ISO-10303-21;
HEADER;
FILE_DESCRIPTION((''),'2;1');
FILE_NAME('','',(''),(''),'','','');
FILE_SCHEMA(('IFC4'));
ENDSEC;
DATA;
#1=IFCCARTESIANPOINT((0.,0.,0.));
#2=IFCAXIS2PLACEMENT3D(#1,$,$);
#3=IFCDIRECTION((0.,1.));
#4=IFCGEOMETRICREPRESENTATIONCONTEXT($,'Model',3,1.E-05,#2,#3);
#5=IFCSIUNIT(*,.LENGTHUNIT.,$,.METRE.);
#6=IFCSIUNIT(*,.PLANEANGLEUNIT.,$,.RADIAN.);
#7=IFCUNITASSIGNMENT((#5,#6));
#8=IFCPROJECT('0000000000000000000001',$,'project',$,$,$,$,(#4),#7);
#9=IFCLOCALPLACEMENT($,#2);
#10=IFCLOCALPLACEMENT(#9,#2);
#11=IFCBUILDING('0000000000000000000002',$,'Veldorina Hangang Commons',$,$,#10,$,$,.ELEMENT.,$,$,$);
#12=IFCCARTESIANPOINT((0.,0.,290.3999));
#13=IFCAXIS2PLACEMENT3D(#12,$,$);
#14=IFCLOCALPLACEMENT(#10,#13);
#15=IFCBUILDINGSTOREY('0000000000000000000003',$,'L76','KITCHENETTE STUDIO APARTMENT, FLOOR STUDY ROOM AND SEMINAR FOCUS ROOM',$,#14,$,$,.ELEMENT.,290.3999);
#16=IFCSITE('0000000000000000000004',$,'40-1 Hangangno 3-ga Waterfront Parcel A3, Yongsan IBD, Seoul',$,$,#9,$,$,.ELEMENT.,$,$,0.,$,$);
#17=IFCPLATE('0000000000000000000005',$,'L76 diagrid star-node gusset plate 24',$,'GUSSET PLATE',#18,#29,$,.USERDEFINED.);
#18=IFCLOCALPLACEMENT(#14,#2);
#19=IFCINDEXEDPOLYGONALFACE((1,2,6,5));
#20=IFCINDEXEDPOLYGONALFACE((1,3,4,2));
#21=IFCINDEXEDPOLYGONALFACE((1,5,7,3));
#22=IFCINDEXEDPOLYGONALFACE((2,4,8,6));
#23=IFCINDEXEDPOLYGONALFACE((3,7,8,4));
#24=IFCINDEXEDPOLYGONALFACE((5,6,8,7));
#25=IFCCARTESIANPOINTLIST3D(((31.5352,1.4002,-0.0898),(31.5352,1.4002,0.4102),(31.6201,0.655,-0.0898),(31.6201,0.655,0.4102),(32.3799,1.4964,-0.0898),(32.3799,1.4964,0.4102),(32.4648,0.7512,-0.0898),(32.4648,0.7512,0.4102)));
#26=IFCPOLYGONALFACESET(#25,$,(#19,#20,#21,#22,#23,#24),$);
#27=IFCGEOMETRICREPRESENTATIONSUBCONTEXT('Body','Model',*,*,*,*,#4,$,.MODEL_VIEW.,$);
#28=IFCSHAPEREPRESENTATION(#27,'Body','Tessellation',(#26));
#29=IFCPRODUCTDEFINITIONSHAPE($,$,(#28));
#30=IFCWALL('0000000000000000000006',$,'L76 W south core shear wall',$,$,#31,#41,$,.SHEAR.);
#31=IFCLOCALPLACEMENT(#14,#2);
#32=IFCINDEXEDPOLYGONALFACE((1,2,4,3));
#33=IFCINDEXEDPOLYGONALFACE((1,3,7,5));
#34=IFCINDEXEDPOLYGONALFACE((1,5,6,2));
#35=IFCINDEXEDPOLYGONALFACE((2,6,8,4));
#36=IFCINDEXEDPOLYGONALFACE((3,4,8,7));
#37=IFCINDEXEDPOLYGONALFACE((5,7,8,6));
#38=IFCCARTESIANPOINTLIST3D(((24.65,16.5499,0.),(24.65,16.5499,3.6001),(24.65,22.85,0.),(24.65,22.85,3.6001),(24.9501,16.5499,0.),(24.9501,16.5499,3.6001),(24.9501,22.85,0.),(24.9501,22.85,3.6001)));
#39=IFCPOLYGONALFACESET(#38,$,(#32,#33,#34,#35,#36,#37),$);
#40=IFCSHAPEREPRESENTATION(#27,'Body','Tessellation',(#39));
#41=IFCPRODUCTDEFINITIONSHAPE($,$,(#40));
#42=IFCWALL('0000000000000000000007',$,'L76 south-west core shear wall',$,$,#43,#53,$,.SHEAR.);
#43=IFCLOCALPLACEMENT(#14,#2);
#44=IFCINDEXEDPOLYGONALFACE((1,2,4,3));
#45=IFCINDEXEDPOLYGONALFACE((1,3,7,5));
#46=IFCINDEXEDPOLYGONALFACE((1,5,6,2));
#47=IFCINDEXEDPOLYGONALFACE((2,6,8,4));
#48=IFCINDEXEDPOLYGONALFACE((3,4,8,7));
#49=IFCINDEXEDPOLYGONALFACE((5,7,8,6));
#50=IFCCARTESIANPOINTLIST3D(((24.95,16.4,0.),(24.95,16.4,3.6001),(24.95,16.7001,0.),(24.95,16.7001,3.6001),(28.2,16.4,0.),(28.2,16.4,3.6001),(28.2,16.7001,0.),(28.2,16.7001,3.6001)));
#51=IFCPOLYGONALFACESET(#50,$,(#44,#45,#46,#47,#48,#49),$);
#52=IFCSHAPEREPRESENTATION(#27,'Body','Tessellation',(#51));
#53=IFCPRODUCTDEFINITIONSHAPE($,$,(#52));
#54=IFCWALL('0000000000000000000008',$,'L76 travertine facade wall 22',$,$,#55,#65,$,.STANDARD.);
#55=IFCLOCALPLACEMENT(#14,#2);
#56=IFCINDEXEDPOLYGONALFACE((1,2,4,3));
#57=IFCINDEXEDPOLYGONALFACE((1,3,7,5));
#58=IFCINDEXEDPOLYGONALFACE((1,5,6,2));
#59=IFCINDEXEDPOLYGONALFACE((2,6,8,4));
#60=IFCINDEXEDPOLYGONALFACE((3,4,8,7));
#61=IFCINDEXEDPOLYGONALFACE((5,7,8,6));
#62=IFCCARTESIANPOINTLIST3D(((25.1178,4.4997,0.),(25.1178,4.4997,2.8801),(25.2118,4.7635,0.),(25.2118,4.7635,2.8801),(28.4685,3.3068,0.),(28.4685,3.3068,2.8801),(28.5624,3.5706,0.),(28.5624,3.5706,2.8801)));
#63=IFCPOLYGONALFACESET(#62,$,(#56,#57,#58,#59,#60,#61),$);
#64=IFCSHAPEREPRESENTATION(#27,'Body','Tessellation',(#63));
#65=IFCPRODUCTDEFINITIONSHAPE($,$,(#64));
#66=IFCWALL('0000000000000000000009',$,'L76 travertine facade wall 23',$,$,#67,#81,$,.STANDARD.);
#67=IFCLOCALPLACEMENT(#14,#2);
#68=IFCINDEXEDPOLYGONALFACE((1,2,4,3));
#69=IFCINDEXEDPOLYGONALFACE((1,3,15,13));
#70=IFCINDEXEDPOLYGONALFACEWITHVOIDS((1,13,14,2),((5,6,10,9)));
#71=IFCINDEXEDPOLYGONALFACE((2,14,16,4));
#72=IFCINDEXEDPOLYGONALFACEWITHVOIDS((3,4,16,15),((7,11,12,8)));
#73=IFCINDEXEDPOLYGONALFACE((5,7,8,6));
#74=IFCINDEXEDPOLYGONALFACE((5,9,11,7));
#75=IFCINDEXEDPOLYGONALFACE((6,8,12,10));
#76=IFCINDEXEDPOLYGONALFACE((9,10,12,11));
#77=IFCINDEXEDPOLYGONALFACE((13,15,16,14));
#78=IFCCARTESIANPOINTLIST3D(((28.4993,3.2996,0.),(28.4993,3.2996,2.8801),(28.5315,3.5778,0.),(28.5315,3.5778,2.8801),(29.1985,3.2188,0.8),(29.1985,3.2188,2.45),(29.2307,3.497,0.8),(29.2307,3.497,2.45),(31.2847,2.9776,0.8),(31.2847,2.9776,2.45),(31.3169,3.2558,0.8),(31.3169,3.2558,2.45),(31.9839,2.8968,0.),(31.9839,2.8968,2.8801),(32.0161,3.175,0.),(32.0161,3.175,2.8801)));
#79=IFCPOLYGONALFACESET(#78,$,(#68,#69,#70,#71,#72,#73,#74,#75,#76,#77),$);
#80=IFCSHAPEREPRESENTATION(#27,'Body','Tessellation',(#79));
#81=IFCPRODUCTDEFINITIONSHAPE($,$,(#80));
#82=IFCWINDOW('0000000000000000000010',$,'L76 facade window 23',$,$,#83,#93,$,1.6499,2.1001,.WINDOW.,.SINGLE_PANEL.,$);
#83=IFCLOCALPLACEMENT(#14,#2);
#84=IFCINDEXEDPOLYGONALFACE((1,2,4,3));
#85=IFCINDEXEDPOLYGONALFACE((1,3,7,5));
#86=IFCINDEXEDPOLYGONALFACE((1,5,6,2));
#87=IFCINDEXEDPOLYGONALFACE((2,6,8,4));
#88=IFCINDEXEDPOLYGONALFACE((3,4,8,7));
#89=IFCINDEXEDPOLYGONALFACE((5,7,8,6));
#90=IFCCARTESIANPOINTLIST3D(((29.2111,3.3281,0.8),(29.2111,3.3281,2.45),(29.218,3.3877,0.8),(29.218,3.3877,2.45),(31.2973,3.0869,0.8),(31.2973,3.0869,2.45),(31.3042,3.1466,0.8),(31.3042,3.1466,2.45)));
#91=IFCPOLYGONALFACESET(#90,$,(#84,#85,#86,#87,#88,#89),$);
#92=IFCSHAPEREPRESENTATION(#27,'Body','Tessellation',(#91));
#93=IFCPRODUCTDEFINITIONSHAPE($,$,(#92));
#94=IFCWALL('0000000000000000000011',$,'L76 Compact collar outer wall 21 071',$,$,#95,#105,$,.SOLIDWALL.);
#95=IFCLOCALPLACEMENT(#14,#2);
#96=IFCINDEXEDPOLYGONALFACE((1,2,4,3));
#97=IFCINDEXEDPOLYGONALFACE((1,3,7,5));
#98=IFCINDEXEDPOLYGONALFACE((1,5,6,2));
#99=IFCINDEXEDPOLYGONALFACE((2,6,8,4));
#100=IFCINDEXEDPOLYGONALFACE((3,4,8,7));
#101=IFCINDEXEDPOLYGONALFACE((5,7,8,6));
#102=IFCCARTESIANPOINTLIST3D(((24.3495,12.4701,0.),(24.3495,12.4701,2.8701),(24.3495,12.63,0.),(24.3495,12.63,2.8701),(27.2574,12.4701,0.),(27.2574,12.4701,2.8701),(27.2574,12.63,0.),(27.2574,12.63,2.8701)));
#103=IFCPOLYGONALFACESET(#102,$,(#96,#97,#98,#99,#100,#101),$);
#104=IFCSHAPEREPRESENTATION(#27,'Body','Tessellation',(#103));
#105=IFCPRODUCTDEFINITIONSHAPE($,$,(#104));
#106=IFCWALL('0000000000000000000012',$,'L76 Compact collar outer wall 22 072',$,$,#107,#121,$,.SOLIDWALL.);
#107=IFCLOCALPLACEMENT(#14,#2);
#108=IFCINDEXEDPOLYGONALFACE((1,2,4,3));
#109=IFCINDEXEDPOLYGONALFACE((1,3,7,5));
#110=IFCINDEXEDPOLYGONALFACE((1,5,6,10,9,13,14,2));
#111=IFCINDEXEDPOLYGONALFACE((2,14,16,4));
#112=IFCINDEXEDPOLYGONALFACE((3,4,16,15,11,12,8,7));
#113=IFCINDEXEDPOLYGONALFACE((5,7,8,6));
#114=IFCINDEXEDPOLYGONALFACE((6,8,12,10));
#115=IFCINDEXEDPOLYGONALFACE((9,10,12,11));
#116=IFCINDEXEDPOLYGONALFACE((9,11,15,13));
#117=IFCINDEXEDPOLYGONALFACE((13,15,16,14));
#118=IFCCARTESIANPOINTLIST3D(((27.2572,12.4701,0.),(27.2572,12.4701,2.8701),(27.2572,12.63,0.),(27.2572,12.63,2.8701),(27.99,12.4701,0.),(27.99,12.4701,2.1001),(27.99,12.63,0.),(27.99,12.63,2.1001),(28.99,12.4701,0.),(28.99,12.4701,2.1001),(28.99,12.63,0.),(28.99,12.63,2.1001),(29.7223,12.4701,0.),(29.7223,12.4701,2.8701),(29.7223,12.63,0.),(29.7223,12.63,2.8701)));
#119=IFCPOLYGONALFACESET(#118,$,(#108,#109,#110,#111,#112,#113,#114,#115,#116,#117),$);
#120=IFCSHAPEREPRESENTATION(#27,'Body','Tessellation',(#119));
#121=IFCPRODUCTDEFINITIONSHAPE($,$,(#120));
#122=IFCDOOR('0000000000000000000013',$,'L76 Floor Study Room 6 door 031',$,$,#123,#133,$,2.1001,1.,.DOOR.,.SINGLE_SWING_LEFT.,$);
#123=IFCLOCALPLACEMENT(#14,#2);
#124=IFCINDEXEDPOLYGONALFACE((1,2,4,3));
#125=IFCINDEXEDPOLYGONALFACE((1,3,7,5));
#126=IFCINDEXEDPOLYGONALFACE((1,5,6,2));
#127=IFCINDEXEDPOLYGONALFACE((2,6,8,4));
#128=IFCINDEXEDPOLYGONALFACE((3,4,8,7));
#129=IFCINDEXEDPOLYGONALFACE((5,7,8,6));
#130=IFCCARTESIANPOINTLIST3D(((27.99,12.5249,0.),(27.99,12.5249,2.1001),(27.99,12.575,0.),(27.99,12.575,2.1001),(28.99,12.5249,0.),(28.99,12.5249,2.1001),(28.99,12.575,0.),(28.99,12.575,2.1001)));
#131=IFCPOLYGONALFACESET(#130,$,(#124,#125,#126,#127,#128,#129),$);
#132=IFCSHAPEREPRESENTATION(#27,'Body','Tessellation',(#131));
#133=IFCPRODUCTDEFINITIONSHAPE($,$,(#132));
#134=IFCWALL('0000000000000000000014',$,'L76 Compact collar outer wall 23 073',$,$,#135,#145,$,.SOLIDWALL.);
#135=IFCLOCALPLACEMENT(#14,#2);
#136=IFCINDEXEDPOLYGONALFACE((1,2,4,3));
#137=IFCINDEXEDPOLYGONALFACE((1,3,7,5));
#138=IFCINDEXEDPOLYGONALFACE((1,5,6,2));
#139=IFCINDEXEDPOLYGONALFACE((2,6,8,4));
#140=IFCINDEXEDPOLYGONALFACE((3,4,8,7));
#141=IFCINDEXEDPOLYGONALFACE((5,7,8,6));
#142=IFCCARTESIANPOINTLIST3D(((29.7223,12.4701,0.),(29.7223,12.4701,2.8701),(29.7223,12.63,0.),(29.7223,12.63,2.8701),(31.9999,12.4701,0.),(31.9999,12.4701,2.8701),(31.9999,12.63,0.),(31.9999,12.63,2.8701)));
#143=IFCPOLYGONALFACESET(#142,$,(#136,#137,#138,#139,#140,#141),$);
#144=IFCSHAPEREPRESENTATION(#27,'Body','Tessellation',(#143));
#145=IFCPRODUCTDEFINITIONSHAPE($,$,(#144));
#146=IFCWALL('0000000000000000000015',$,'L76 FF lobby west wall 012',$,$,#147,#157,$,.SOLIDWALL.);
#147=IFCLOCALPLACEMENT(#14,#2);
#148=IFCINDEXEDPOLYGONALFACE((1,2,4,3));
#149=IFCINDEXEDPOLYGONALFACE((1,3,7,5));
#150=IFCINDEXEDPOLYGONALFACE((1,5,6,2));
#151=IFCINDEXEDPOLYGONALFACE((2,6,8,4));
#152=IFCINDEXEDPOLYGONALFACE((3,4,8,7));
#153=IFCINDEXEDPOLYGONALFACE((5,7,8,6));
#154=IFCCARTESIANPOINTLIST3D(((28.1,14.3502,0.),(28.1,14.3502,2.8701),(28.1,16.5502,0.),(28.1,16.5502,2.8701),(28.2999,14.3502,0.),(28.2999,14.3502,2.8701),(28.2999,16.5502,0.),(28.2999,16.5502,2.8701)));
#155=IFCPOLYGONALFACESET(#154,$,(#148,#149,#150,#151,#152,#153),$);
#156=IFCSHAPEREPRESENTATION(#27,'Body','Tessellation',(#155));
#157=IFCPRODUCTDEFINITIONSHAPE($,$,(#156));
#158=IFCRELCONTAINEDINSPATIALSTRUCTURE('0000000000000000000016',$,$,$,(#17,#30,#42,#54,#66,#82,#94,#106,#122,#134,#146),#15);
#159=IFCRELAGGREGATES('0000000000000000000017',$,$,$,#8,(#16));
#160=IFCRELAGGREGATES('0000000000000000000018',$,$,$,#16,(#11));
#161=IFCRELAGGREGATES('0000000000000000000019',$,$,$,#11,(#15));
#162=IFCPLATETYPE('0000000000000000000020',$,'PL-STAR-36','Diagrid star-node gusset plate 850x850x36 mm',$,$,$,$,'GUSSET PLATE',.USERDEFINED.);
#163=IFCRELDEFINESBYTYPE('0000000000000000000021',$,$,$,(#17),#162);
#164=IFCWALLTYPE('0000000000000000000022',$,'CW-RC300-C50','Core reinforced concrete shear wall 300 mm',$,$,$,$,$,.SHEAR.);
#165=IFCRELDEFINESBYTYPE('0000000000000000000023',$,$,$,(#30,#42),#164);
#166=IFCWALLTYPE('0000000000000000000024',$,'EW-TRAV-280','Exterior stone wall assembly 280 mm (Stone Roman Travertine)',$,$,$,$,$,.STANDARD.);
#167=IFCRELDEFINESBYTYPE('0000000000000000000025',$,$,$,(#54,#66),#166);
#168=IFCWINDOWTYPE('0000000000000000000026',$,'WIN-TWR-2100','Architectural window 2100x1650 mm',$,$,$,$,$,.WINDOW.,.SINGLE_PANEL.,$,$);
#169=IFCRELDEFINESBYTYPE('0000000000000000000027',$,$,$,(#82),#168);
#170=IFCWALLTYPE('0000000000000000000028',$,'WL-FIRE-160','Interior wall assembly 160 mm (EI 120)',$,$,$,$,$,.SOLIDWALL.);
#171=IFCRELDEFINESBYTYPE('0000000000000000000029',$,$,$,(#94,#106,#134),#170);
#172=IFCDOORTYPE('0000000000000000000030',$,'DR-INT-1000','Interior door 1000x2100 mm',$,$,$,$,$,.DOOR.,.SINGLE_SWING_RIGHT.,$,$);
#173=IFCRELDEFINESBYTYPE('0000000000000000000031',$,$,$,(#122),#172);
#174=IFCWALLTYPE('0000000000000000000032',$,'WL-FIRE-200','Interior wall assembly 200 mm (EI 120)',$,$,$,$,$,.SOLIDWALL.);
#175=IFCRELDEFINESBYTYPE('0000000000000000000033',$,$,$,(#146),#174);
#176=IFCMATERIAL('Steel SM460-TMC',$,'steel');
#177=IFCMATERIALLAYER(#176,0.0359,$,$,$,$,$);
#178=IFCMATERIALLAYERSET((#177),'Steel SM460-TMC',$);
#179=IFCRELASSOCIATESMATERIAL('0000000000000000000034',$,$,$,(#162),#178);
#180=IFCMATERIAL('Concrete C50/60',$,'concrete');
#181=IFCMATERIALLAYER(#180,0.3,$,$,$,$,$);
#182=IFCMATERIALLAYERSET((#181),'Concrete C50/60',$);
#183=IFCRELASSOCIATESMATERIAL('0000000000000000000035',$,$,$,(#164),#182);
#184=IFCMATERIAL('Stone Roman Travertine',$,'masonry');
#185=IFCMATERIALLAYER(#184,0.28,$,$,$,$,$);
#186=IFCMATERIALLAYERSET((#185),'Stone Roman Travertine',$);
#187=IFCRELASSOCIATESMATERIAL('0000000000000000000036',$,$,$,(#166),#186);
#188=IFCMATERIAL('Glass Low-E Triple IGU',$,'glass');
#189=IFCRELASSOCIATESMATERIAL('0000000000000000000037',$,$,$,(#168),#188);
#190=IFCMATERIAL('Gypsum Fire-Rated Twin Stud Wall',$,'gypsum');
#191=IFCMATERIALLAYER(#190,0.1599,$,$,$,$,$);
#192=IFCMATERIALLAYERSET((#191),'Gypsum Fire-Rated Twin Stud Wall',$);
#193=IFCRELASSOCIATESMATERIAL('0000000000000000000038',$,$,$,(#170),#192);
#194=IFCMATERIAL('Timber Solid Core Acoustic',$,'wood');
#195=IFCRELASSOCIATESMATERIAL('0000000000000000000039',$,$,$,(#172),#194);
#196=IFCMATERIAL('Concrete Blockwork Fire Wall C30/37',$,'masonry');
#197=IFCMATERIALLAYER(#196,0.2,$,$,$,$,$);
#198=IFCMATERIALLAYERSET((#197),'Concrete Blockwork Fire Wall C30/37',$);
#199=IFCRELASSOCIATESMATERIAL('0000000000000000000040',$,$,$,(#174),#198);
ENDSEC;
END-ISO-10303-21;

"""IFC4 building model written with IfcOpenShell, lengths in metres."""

from ifc_helpers import new_model, si_unit, direction, frame, frame_2d, origin, origin_2d, place, context, subcontext, project, spatial, rectangle, extrude, material, layer, layer_set, type_object, element, fill, save


model = new_model("IFC4")

# Units and contexts
model_context = context("Model", 3, precision=1e-05, world=origin(), true_north=direction((0.0, 1.0)))
body_context = subcontext(model_context, "Body", "Model", "MODEL_VIEW")
ifc_project = project(units=[si_unit("LENGTHUNIT", "METRE"), si_unit("PLANEANGLEUNIT", "RADIAN")], contexts=[model_context])

# Site, building, storey
site_placement = place(None, origin())
site = spatial("IfcSite", under=ifc_project, at=site_placement, Name="40-1 Hangangno 3-ga Waterfront Parcel A3, Yongsan IBD, Seoul", CompositionType="ELEMENT", RefElevation=0.0)
building_placement = place(site_placement, origin())
building = spatial("IfcBuilding", under=site, at=building_placement, Name="Veldorina Hangang Commons", CompositionType="ELEMENT")
storey_placement = place(building_placement, frame((0.0, 0.0, 290.3999)))
storey = spatial("IfcBuildingStorey", under=building, at=storey_placement, Name="L76", Description="KITCHENETTE STUDIO APARTMENT, FLOOR STUDY ROOM AND SEMINAR FOCUS ROOM", CompositionType="ELEMENT", Elevation=290.3999)

# Plate
ifc_material_1 = material(Name="Steel SM460-TMC", Category="steel")
ifc_layer_1 = layer(ifc_material_1, 0.0359)
ifc_layer_set_1 = layer_set([ifc_layer_1], Name="Steel SM460-TMC")
plate_type = type_object("IfcPlateType", Name="PL-STAR-36", Description="Diagrid star-node gusset plate 850x850x36 mm", ElementType="GUSSET PLATE", PredefinedType="USERDEFINED", material=ifc_layer_set_1)
for number, where, z_axis, x_axis, name in (
    (1, (32.0, 1.0757, -0.0898), (0.0, 0.0, 1.0), (0.993574, 0.113186, 0.0), "L76 diagrid star-node gusset plate 24"),
):
    element("IfcPlate", number, at=place(storey_placement, frame(where, z_axis=z_axis, x_axis=x_axis)), inside=storey, type_object=plate_type, Name=name, ObjectType="GUSSET PLATE", PredefinedType="USERDEFINED", context=body_context, shape_type="SweptSolid", body=[
        extrude(rectangle(XDim=0.8501, YDim=0.75, at=origin_2d()), origin(), (0.0, 0.0, 1.0), 0.5),
    ])

# Walls
ifc_material_2 = material(Name="Concrete C50/60", Category="concrete")
ifc_layer_2 = layer(ifc_material_2, 0.3)
ifc_layer_set_2 = layer_set([ifc_layer_2], Name="Concrete C50/60")
wall_type_1 = type_object("IfcWallType", Name="CW-RC300-C50", Description="Core reinforced concrete shear wall 300 mm", PredefinedType="SHEAR", material=ifc_layer_set_2)
wall_1_placement = place(storey_placement, frame((24.8, 16.55, 0.0), z_axis=(0.0, 0.0, 1.0), x_axis=(0.0, 1.0, 0.0)))
element("IfcWall", 2, at=wall_1_placement, inside=storey, type_object=wall_type_1, Name="L76 W south core shear wall", PredefinedType="SHEAR", context=body_context, shape_type="SweptSolid", body=[
    extrude(rectangle(XDim=6.3, YDim=0.3, at=frame_2d((3.1499, 0.0))), origin(), (0.0, 0.0, 1.0), 3.6001),
])
wall_2_placement = place(storey_placement, frame((24.95, 16.55, 0.0), z_axis=(0.0, 0.0, 1.0), x_axis=(1.0, 0.0, 0.0)))
element("IfcWall", 3, at=wall_2_placement, inside=storey, type_object=wall_type_1, Name="L76 south-west core shear wall", PredefinedType="SHEAR", context=body_context, shape_type="SweptSolid", body=[
    extrude(rectangle(XDim=3.25, YDim=0.3, at=frame_2d((1.625, 0.0))), origin(), (0.0, 0.0, 1.0), 3.6001),
])
ifc_material_3 = material(Name="Stone Roman Travertine", Category="masonry")
ifc_layer_3 = layer(ifc_material_3, 0.28)
ifc_layer_set_3 = layer_set([ifc_layer_3], Name="Stone Roman Travertine")
wall_type_2 = type_object("IfcWallType", Name="EW-TRAV-280", Description="Exterior stone wall assembly 280 mm (Stone Roman Travertine)", PredefinedType="STANDARD", material=ifc_layer_set_3)
wall_3_placement = place(storey_placement, frame((25.1648, 4.6316, 0.0), z_axis=(0.0, 0.0, 1.0), x_axis=(0.942077, -0.335397, 0.0)))
element("IfcWall", 4, at=wall_3_placement, inside=storey, type_object=wall_type_2, Name="L76 travertine facade wall 22", PredefinedType="STANDARD", context=body_context, shape_type="SweptSolid", body=[
    extrude(rectangle(XDim=3.5566, YDim=0.28, at=frame_2d((1.7783, 0.0))), origin(), (0.0, 0.0, 1.0), 2.8801),
])

# Wall, opening, window
wall_4_placement = place(storey_placement, frame((28.5154, 3.4387, 0.0), z_axis=(0.0, 0.0, 1.0), x_axis=(0.993384, -0.114838, 0.0)))
wall_4 = element("IfcWall", 5, at=wall_4_placement, inside=storey, type_object=wall_type_2, Name="L76 travertine facade wall 23", PredefinedType="STANDARD", context=body_context, shape_type="SweptSolid", body=[
    extrude(rectangle(XDim=3.5078, YDim=0.28, at=frame_2d((1.7539, 0.0))), origin(), (0.0, 0.0, 1.0), 2.8801),
])
opening_1_placement = place(wall_4_placement, frame((0.7039, 0.0, 0.8)))
opening_1 = element("IfcOpeningElement", 6, at=opening_1_placement, cuts=wall_4, PredefinedType="OPENING", context=body_context, shape_type="SweptSolid", body=[
    extrude(rectangle(XDim=2.1001, YDim=1.6499, at=frame_2d((1.05, 0.825))), frame((0.0, 0.1499, 0.0), z_axis=(0.0, -1.0, 0.0), x_axis=(1.0, 0.0, 0.0)), (0.0, 0.0, 1.0), 0.3),
])
ifc_material_4 = material(Name="Glass Low-E Triple IGU", Category="glass")
window_type = type_object("IfcWindowType", Name="WIN-TWR-2100", Description="Architectural window 2100x1650 mm", PartitioningType="SINGLE_PANEL", PredefinedType="WINDOW", material=ifc_material_4)
window_placement = place(opening_1_placement, origin())
window = element("IfcWindow", 7, at=window_placement, inside=storey, type_object=window_type, Name="L76 facade window 23", OverallHeight=1.6499, OverallWidth=2.1001, PartitioningType="SINGLE_PANEL", PredefinedType="WINDOW", context=body_context, shape_type="SweptSolid", body=[
    extrude(rectangle(XDim=2.1001, YDim=1.6499, at=frame_2d((1.05, 0.825))), frame((0.0, 0.03, 0.0), z_axis=(0.0, -1.0, 0.0), x_axis=(1.0, 0.0, 0.0)), (0.0, 0.0, 1.0), 0.0601),
])
fill(opening_1, window)

# Wall
ifc_material_5 = material(Name="Gypsum Fire-Rated Twin Stud Wall", Category="gypsum")
ifc_layer_4 = layer(ifc_material_5, 0.1599)
ifc_layer_set_4 = layer_set([ifc_layer_4], Name="Gypsum Fire-Rated Twin Stud Wall")
wall_type_3 = type_object("IfcWallType", Name="WL-FIRE-160", Description="Interior wall assembly 160 mm (EI 120)", PredefinedType="SOLIDWALL", material=ifc_layer_set_4)
wall_5_placement = place(storey_placement, frame((24.3494, 12.55, 0.0), z_axis=(0.0, 0.0, 1.0), x_axis=(1.0, 0.0, 0.0)))
element("IfcWall", 8, at=wall_5_placement, inside=storey, type_object=wall_type_3, Name="L76 Compact collar outer wall 21 071", PredefinedType="SOLIDWALL", context=body_context, shape_type="SweptSolid", body=[
    extrude(rectangle(XDim=2.908, YDim=0.1599, at=frame_2d((1.4541, 0.0))), origin(), (0.0, 0.0, 1.0), 2.8701),
])

# Wall, opening, door
wall_6_placement = place(storey_placement, frame((27.2573, 12.55, 0.0), z_axis=(0.0, 0.0, 1.0), x_axis=(1.0, 0.0, 0.0)))
wall_6 = element("IfcWall", 9, at=wall_6_placement, inside=storey, type_object=wall_type_3, Name="L76 Compact collar outer wall 22 072", PredefinedType="SOLIDWALL", context=body_context, shape_type="SweptSolid", body=[
    extrude(rectangle(XDim=2.4651, YDim=0.1599, at=frame_2d((1.2324, 0.0))), origin(), (0.0, 0.0, 1.0), 2.8701),
])
opening_2_placement = place(wall_6_placement, frame((0.7327, 0.0, 0.0)))
opening_2 = element("IfcOpeningElement", 10, at=opening_2_placement, cuts=wall_6, PredefinedType="OPENING", context=body_context, shape_type="SweptSolid", body=[
    extrude(rectangle(XDim=1.0, YDim=2.1001, at=frame_2d((0.5, 1.05))), frame((0.0, 0.0898, 0.0), z_axis=(0.0, -1.0, 0.0), x_axis=(1.0, 0.0, 0.0)), (0.0, 0.0, 1.0), 0.1799),
])
ifc_material_6 = material(Name="Timber Solid Core Acoustic", Category="wood")
door_type_1 = type_object("IfcDoorType", Name="DR-INT-1000", Description="Interior door 1000x2100 mm", OperationType="SINGLE_SWING_RIGHT", PredefinedType="DOOR", material=ifc_material_6)
door_1_placement = place(opening_2_placement, origin())
door_1 = element("IfcDoor", 11, at=door_1_placement, inside=storey, type_object=door_type_1, Name="L76 Floor Study Room 6 door 031", OperationType="SINGLE_SWING_LEFT", OverallHeight=2.1001, OverallWidth=1.0, PredefinedType="DOOR", context=body_context, shape_type="SweptSolid", body=[
    extrude(rectangle(XDim=1.0, YDim=2.1001, at=frame_2d((0.5, 1.05))), frame((0.0, 0.0249, 0.0), z_axis=(0.0, -1.0, 0.0), x_axis=(1.0, 0.0, 0.0)), (0.0, 0.0, 1.0), 0.05),
])
fill(opening_2, door_1)

# Walls
wall_7_placement = place(storey_placement, frame((29.7224, 12.55, 0.0), z_axis=(0.0, 0.0, 1.0), x_axis=(1.0, 0.0, 0.0)))
element("IfcWall", 12, at=wall_7_placement, inside=storey, type_object=wall_type_3, Name="L76 Compact collar outer wall 23 073", PredefinedType="SOLIDWALL", context=body_context, shape_type="SweptSolid", body=[
    extrude(rectangle(XDim=2.2776, YDim=0.1599, at=frame_2d((1.1387, 0.0))), origin(), (0.0, 0.0, 1.0), 2.8701),
])
ifc_material_7 = material(Name="Concrete Blockwork Fire Wall C30/37", Category="masonry")
ifc_layer_5 = layer(ifc_material_7, 0.2)
ifc_layer_set_5 = layer_set([ifc_layer_5], Name="Concrete Blockwork Fire Wall C30/37")
wall_type_4 = type_object("IfcWallType", Name="WL-FIRE-200", Description="Interior wall assembly 200 mm (EI 120)", PredefinedType="SOLIDWALL", material=ifc_layer_set_5)
wall_8_placement = place(storey_placement, frame((28.2, 14.3501, 0.0), z_axis=(0.0, 0.0, 1.0), x_axis=(0.0, 1.0, 0.0)))
element("IfcWall", 13, at=wall_8_placement, inside=storey, type_object=wall_type_4, Name="L76 FF lobby west wall 012", PredefinedType="SOLIDWALL", context=body_context, shape_type="SweptSolid", body=[
    extrude(rectangle(XDim=2.2, YDim=0.2, at=frame_2d((1.1001, 0.0))), origin(), (0.0, 0.0, 1.0), 2.8701),
])

save(model, "model.ifc")
